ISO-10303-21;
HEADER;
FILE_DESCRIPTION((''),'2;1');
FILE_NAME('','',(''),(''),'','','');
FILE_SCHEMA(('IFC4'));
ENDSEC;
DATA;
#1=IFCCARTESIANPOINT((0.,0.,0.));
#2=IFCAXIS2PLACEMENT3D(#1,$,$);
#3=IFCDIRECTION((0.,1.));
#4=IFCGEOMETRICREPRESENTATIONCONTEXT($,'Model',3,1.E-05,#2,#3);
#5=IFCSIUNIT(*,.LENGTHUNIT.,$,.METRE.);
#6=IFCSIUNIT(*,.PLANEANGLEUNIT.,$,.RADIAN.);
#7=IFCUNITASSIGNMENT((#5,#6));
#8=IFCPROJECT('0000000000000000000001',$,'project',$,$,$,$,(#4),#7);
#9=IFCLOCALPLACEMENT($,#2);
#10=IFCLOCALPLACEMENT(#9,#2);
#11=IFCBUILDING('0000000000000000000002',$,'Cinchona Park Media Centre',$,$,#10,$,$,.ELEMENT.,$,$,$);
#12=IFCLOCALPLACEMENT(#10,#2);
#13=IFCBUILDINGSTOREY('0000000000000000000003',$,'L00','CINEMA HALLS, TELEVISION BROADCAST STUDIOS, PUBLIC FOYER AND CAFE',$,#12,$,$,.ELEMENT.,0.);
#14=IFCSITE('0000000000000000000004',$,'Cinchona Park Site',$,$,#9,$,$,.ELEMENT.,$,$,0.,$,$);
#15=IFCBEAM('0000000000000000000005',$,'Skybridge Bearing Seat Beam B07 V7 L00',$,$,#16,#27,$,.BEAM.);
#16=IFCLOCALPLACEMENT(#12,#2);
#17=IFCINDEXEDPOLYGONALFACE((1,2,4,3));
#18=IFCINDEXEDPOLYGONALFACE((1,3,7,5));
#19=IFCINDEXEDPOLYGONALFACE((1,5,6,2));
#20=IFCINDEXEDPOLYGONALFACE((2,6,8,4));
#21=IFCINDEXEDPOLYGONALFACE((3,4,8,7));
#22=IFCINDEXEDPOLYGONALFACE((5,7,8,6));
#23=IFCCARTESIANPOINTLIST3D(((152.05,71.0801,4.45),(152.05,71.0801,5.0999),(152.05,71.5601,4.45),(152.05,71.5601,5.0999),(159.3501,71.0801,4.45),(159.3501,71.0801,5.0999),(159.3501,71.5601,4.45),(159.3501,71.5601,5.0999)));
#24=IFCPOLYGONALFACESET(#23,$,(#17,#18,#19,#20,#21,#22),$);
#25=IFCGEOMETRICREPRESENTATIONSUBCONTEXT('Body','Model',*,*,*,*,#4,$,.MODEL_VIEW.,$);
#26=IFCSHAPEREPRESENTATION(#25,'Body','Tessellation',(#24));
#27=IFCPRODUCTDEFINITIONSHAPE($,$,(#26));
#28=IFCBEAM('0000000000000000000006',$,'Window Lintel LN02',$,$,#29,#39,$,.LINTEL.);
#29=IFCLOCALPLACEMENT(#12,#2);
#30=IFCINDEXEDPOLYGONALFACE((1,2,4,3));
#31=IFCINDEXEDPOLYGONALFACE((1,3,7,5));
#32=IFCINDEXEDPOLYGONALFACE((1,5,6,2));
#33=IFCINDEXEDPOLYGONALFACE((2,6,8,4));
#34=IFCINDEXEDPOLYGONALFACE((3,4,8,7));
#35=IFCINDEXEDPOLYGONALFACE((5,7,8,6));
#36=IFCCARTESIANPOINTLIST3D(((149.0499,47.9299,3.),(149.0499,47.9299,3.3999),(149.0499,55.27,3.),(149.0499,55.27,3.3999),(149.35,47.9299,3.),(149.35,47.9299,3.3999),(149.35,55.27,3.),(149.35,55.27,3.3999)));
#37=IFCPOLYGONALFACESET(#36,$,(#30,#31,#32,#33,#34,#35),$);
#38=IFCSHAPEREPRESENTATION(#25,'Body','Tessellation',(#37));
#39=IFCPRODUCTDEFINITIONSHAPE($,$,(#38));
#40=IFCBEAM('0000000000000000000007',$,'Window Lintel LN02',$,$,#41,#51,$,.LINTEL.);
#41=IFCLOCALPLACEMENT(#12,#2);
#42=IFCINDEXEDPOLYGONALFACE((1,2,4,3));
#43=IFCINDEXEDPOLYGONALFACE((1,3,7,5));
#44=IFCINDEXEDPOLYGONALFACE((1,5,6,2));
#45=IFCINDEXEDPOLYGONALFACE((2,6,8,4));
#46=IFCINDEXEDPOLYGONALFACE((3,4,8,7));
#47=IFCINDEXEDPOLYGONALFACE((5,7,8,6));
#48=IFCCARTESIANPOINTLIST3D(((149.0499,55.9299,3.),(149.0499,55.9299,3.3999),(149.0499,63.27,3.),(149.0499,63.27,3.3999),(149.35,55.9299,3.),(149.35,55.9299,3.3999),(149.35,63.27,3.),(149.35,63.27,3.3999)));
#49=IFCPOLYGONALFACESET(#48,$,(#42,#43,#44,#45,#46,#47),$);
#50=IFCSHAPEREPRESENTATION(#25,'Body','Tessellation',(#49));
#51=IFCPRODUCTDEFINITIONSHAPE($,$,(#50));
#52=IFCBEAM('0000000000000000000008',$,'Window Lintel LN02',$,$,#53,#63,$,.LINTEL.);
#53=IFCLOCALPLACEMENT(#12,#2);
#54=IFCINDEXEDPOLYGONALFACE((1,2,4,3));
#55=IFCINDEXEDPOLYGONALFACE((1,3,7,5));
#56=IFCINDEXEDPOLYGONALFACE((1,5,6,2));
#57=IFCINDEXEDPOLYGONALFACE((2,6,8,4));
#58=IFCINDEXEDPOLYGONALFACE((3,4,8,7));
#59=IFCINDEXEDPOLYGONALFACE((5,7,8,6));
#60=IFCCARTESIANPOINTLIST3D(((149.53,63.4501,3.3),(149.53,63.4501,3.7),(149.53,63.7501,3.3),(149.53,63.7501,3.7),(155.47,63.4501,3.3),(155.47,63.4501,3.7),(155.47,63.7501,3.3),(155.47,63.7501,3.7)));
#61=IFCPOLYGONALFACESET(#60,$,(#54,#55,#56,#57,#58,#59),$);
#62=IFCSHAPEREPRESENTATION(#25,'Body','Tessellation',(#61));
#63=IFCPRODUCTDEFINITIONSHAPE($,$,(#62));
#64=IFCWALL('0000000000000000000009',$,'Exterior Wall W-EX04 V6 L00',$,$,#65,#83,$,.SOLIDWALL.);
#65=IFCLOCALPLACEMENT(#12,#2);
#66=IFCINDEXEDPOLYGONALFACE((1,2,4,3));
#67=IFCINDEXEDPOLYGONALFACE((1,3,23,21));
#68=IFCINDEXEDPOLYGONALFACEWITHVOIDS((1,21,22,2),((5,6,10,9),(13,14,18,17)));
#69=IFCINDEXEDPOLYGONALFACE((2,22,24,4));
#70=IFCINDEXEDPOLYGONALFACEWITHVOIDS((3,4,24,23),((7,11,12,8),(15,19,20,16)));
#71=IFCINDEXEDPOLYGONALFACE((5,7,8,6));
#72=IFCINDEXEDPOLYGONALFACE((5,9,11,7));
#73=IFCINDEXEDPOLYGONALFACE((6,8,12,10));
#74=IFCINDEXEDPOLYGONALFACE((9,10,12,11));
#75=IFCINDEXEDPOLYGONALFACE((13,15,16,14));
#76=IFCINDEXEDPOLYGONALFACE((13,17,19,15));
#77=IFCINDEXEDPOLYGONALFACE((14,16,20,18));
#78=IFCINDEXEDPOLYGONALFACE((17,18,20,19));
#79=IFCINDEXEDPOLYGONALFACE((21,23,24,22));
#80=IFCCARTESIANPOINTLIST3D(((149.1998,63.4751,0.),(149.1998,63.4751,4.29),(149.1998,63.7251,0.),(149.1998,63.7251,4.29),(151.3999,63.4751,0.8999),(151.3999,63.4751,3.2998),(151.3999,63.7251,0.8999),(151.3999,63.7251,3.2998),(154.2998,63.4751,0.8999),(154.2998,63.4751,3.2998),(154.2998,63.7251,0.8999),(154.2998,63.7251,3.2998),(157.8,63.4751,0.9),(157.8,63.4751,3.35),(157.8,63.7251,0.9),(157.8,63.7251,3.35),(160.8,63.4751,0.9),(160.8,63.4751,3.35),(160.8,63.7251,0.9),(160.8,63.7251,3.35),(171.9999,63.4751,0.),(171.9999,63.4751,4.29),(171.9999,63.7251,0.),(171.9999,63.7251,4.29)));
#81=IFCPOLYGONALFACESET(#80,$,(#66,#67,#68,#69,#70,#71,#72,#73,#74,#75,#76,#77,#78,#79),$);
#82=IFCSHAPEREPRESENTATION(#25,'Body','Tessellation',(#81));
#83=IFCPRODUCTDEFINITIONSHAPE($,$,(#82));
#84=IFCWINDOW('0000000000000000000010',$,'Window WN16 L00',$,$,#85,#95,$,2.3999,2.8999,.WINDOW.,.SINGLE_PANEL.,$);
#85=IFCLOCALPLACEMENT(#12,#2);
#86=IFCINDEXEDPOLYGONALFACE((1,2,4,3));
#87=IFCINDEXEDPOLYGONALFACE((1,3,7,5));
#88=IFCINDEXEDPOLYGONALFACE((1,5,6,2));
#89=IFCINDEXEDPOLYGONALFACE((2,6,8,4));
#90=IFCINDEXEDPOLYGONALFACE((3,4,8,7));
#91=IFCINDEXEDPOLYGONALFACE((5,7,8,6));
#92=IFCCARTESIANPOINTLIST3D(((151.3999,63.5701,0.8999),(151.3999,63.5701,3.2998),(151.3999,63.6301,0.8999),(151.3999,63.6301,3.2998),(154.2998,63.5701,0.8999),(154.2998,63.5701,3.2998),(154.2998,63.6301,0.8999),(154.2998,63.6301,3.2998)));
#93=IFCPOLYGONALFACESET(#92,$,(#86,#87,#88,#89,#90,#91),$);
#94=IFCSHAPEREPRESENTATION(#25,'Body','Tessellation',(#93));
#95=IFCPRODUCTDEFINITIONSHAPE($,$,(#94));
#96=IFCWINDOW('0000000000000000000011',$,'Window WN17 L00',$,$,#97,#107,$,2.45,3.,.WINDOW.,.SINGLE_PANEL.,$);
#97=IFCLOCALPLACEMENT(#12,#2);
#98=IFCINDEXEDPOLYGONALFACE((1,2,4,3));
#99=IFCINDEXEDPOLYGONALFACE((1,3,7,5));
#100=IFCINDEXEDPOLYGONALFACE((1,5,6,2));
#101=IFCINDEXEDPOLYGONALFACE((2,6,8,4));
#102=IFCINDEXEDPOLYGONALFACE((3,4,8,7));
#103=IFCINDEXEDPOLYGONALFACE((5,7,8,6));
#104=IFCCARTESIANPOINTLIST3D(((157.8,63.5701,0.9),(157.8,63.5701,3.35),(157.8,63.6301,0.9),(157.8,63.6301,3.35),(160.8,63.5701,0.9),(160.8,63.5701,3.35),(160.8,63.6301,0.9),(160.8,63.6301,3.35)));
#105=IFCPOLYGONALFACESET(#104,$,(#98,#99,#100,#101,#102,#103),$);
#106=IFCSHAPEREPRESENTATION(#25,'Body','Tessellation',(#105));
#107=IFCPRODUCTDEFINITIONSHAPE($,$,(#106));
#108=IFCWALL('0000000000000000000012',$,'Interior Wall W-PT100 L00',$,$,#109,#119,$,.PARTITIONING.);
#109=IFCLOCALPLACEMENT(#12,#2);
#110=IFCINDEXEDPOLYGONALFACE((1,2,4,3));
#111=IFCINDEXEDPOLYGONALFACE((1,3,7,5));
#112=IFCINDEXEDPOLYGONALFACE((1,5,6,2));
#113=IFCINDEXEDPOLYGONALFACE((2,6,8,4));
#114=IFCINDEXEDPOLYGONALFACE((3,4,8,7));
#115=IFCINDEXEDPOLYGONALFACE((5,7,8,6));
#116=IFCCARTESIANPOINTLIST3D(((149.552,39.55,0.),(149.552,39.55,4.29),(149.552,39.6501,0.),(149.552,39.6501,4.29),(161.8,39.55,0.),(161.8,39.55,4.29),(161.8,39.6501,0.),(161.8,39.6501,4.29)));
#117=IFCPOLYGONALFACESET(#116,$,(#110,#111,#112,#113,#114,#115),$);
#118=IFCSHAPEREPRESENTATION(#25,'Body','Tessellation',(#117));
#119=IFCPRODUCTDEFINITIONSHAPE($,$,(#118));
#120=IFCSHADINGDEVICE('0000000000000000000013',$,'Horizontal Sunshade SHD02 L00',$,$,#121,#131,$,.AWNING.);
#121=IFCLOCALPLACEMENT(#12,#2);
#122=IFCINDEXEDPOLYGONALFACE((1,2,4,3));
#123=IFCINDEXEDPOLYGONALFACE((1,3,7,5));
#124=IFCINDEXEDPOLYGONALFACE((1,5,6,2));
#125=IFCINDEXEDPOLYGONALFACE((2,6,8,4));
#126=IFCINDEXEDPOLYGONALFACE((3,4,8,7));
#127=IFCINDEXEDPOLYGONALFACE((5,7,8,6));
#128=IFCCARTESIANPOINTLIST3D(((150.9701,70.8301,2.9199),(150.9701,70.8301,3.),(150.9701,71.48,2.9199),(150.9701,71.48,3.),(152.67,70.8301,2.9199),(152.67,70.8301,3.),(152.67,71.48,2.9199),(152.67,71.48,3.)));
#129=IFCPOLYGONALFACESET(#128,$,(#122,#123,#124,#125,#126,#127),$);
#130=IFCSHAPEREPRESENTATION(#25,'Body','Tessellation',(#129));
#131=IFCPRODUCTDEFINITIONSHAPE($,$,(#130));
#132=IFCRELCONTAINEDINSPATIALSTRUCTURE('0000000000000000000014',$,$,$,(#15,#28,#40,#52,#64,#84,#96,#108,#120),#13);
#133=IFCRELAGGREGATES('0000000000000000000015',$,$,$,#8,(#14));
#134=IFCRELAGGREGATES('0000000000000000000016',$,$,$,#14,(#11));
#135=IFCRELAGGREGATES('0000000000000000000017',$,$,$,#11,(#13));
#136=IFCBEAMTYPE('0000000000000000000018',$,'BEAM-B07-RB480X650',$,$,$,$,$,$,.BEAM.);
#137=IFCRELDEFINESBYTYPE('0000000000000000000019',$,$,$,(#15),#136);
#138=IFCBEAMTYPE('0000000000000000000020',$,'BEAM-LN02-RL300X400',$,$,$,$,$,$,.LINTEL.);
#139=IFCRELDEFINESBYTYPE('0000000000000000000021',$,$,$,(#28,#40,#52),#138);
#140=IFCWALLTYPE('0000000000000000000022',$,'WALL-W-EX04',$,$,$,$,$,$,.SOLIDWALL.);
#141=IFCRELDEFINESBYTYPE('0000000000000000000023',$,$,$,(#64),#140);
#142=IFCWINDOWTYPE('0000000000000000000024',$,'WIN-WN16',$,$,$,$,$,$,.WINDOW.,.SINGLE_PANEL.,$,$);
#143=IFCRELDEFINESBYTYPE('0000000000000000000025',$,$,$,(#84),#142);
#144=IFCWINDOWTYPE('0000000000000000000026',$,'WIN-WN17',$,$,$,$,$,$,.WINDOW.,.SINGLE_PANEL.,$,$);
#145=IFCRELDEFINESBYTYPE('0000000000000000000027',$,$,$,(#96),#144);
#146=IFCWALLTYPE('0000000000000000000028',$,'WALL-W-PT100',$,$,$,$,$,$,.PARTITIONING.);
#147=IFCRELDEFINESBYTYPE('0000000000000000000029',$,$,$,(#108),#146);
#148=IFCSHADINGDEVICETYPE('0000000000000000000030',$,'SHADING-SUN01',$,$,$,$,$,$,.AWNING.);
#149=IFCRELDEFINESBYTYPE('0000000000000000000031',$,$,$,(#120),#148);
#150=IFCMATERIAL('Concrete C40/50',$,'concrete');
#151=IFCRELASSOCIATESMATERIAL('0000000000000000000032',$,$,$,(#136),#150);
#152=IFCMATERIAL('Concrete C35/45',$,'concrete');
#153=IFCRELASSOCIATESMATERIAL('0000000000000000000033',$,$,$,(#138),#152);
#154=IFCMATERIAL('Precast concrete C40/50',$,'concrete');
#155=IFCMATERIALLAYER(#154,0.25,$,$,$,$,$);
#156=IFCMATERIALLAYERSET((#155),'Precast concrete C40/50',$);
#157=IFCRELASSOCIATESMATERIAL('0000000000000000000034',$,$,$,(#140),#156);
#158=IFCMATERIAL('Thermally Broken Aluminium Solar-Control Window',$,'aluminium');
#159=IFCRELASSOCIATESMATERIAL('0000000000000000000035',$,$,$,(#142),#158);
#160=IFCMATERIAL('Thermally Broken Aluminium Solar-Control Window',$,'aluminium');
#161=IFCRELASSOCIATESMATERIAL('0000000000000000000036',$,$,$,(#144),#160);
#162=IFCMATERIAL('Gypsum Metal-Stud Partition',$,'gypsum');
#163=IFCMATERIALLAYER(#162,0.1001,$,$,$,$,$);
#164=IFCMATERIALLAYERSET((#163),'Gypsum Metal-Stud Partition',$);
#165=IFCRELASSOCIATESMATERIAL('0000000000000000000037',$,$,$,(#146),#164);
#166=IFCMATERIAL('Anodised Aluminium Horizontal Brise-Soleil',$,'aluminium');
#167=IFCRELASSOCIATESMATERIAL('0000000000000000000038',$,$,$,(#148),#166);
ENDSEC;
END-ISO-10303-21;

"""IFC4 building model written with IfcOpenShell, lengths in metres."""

from ifc_helpers import new_model, si_unit, direction, frame, frame_2d, origin, origin_2d, place, context, subcontext, project, spatial, rectangle, extrude, material, layer, layer_set, material_profile, profile_set, type_object, element, fill, save


model = new_model("IFC4")

# Units and contexts
model_context = context("Model", 3, precision=1e-05, world=origin(), true_north=direction((0.0, 1.0)))
body_context = subcontext(model_context, "Body", "Model", "MODEL_VIEW")
ifc_project = project(units=[si_unit("LENGTHUNIT", "METRE"), si_unit("PLANEANGLEUNIT", "RADIAN")], contexts=[model_context])

# Site, building, storey
site_placement = place(None, origin())
site = spatial("IfcSite", under=ifc_project, at=site_placement, Name="Cinchona Park Site", CompositionType="ELEMENT", RefElevation=0.0)
building_placement = place(site_placement, origin())
building = spatial("IfcBuilding", under=site, at=building_placement, Name="Cinchona Park Media Centre", CompositionType="ELEMENT")
storey_placement = place(building_placement, origin())
storey = spatial("IfcBuildingStorey", under=building, at=storey_placement, Name="L00", Description="CINEMA HALLS, TELEVISION BROADCAST STUDIOS, PUBLIC FOYER AND CAFE", CompositionType="ELEMENT", Elevation=0.0)

# Beams
ifc_material_1 = material(Name="Concrete C40/50", Category="concrete")
ifc_material_profile_1 = material_profile(ifc_material_1, rectangle(XDim=0.48, YDim=0.6499, at=origin_2d()), Name="RB 480X650")
ifc_profile_set_1 = profile_set([ifc_material_profile_1], Name="Concrete C40/50")
beam_type_1 = type_object("IfcBeamType", Name="BEAM-B07-RB480X650", PredefinedType="BEAM", material=ifc_profile_set_1)
beam_1_placement = place(storey_placement, frame((152.05, 71.3201, 4.7749), z_axis=(1.0, 0.0, 0.0), x_axis=(0.0, 1.0, 0.0)))
element("IfcBeam", 1, at=beam_1_placement, inside=storey, type_object=beam_type_1, Name="Skybridge Bearing Seat Beam B07 V7 L00", PredefinedType="BEAM", context=body_context, shape_type="SweptSolid", body=[
    extrude(rectangle(XDim=0.48, YDim=0.6499, at=origin_2d()), origin(), (0.0, 0.0, 1.0), 7.3),
])
ifc_material_2 = material(Name="Concrete C35/45", Category="concrete")
ifc_material_profile_2 = material_profile(ifc_material_2, rectangle(XDim=0.3, YDim=0.3999, at=origin_2d()), Name="RL 300X400")
ifc_profile_set_2 = profile_set([ifc_material_profile_2], Name="Concrete C35/45")
beam_type_2 = type_object("IfcBeamType", Name="BEAM-LN02-RL300X400", PredefinedType="LINTEL", material=ifc_profile_set_2)
for number, where, z_axis, x_axis, name in (
    (2, (149.2, 47.9299, 3.2), (0.0, 1.0, 0.0), (-1.0, 0.0, 0.0), "Window Lintel LN02"),
    (3, (149.2, 55.9299, 3.2), (0.0, 1.0, 0.0), (-1.0, 0.0, 0.0), "Window Lintel LN02"),
):
    element("IfcBeam", number, at=place(storey_placement, frame(where, z_axis=z_axis, x_axis=x_axis)), inside=storey, type_object=beam_type_2, Name=name, PredefinedType="LINTEL", context=body_context, shape_type="SweptSolid", body=[
        extrude(rectangle(XDim=0.3, YDim=0.3999, at=origin_2d()), origin(), (0.0, 0.0, 1.0), 7.3401),
    ])
beam_2_placement = place(storey_placement, frame((149.53, 63.6001, 3.5), z_axis=(1.0, 0.0, 0.0), x_axis=(0.0, 1.0, 0.0)))
element("IfcBeam", 4, at=beam_2_placement, inside=storey, type_object=beam_type_2, Name="Window Lintel LN02", PredefinedType="LINTEL", context=body_context, shape_type="SweptSolid", body=[
    extrude(rectangle(XDim=0.3, YDim=0.3999, at=origin_2d()), origin(), (0.0, 0.0, 1.0), 5.9399),
])

# Wall, openings, windows
ifc_material_3 = material(Name="Precast concrete C40/50", Category="concrete")
ifc_layer_1 = layer(ifc_material_3, 0.25)
ifc_layer_set_1 = layer_set([ifc_layer_1], Name="Precast concrete C40/50")
wall_type_1 = type_object("IfcWallType", Name="WALL-W-EX04", PredefinedType="SOLIDWALL", material=ifc_layer_set_1)
wall_1_placement = place(storey_placement, frame((149.2, 63.6001, 0.0), z_axis=(0.0, 0.0, 1.0), x_axis=(1.0, 0.0, 0.0)))
wall_1 = element("IfcWall", 5, at=wall_1_placement, inside=storey, type_object=wall_type_1, Name="Exterior Wall W-EX04 V6 L00", PredefinedType="SOLIDWALL", context=body_context, shape_type="SweptSolid", body=[
    extrude(rectangle(XDim=22.8, YDim=0.25, at=frame_2d((11.3999, 0.0))), origin(), (0.0, 0.0, 1.0), 4.29),
])
opening_1_placement = place(wall_1_placement, frame((2.2, 0.0, 0.8999)))
opening_1 = element("IfcOpeningElement", 6, at=opening_1_placement, cuts=wall_1, PredefinedType="OPENING", context=body_context, shape_type="SweptSolid", body=[
    extrude(rectangle(XDim=2.8999, YDim=2.3999, at=frame_2d((1.45, 1.2))), frame((0.0, 0.135, 0.0), z_axis=(0.0, -1.0, 0.0), x_axis=(1.0, 0.0, 0.0)), (0.0, 0.0, 1.0), 0.27),
])
opening_2_placement = place(wall_1_placement, frame((8.6001, 0.0, 0.8999)))
opening_2 = element("IfcOpeningElement", 7, at=opening_2_placement, cuts=wall_1, PredefinedType="OPENING", context=body_context, shape_type="SweptSolid", body=[
    extrude(rectangle(XDim=3.0, YDim=2.45, at=frame_2d((1.5, 1.2251))), frame((0.0, 0.135, 0.0), z_axis=(0.0, -1.0, 0.0), x_axis=(1.0, 0.0, 0.0)), (0.0, 0.0, 1.0), 0.27),
])
ifc_material_4 = material(Name="Thermally Broken Aluminium Solar-Control Window", Category="aluminium")
window_type_1 = type_object("IfcWindowType", Name="WIN-WN16", PartitioningType="SINGLE_PANEL", PredefinedType="WINDOW", material=ifc_material_4)
window_1_placement = place(opening_1_placement, origin())
window_1 = element("IfcWindow", 8, at=window_1_placement, inside=storey, type_object=window_type_1, Name="Window WN16 L00", OverallHeight=2.3999, OverallWidth=2.8999, PartitioningType="SINGLE_PANEL", PredefinedType="WINDOW", context=body_context, shape_type="SweptSolid", body=[
    extrude(rectangle(XDim=2.8999, YDim=2.3999, at=frame_2d((1.45, 1.2))), frame((0.0, 0.03, 0.0), z_axis=(0.0, -1.0, 0.0), x_axis=(1.0, 0.0, 0.0)), (0.0, 0.0, 1.0), 0.0601),
])
fill(opening_1, window_1)
ifc_material_5 = material(Name="Thermally Broken Aluminium Solar-Control Window", Category="aluminium")
window_type_2 = type_object("IfcWindowType", Name="WIN-WN17", PartitioningType="SINGLE_PANEL", PredefinedType="WINDOW", material=ifc_material_5)
window_2_placement = place(opening_2_placement, origin())
window_2 = element("IfcWindow", 9, at=window_2_placement, inside=storey, type_object=window_type_2, Name="Window WN17 L00", OverallHeight=2.45, OverallWidth=3.0, PartitioningType="SINGLE_PANEL", PredefinedType="WINDOW", context=body_context, shape_type="SweptSolid", body=[
    extrude(rectangle(XDim=3.0, YDim=2.45, at=frame_2d((1.5, 1.2251))), frame((0.0, 0.03, 0.0), z_axis=(0.0, -1.0, 0.0), x_axis=(1.0, 0.0, 0.0)), (0.0, 0.0, 1.0), 0.0601),
])
fill(opening_2, window_2)

# Wall
ifc_material_6 = material(Name="Gypsum Metal-Stud Partition", Category="gypsum")
ifc_layer_2 = layer(ifc_material_6, 0.1001)
ifc_layer_set_2 = layer_set([ifc_layer_2], Name="Gypsum Metal-Stud Partition")
wall_type_2 = type_object("IfcWallType", Name="WALL-W-PT100", PredefinedType="PARTITIONING", material=ifc_layer_set_2)
wall_2_placement = place(storey_placement, frame((149.552, 39.6001, 0.0), z_axis=(0.0, 0.0, 1.0), x_axis=(1.0, 0.0, 0.0)))
element("IfcWall", 10, at=wall_2_placement, inside=storey, type_object=wall_type_2, Name="Interior Wall W-PT100 L00", PredefinedType="PARTITIONING", context=body_context, shape_type="SweptSolid", body=[
    extrude(rectangle(XDim=12.248, YDim=0.1001, at=frame_2d((6.124, 0.0))), origin(), (0.0, 0.0, 1.0), 4.29),
])

# Shading device
ifc_material_7 = material(Name="Anodised Aluminium Horizontal Brise-Soleil", Category="aluminium")
shading_device_type = type_object("IfcShadingDeviceType", Name="SHADING-SUN01", PredefinedType="AWNING", material=ifc_material_7)
shading_device_placement = place(storey_placement, frame((151.8201, 71.155, 2.9199), z_axis=(0.0, 0.0, 1.0), x_axis=(-1.0, 0.0, 0.0)))
element("IfcShadingDevice", 11, at=shading_device_placement, inside=storey, type_object=shading_device_type, Name="Horizontal Sunshade SHD02 L00", PredefinedType="AWNING", context=body_context, shape_type="SweptSolid", body=[
    extrude(rectangle(XDim=1.7, YDim=0.6499, at=origin_2d()), origin(), (0.0, 0.0, 1.0), 0.0801),
])

save(model, "model.ifc")
